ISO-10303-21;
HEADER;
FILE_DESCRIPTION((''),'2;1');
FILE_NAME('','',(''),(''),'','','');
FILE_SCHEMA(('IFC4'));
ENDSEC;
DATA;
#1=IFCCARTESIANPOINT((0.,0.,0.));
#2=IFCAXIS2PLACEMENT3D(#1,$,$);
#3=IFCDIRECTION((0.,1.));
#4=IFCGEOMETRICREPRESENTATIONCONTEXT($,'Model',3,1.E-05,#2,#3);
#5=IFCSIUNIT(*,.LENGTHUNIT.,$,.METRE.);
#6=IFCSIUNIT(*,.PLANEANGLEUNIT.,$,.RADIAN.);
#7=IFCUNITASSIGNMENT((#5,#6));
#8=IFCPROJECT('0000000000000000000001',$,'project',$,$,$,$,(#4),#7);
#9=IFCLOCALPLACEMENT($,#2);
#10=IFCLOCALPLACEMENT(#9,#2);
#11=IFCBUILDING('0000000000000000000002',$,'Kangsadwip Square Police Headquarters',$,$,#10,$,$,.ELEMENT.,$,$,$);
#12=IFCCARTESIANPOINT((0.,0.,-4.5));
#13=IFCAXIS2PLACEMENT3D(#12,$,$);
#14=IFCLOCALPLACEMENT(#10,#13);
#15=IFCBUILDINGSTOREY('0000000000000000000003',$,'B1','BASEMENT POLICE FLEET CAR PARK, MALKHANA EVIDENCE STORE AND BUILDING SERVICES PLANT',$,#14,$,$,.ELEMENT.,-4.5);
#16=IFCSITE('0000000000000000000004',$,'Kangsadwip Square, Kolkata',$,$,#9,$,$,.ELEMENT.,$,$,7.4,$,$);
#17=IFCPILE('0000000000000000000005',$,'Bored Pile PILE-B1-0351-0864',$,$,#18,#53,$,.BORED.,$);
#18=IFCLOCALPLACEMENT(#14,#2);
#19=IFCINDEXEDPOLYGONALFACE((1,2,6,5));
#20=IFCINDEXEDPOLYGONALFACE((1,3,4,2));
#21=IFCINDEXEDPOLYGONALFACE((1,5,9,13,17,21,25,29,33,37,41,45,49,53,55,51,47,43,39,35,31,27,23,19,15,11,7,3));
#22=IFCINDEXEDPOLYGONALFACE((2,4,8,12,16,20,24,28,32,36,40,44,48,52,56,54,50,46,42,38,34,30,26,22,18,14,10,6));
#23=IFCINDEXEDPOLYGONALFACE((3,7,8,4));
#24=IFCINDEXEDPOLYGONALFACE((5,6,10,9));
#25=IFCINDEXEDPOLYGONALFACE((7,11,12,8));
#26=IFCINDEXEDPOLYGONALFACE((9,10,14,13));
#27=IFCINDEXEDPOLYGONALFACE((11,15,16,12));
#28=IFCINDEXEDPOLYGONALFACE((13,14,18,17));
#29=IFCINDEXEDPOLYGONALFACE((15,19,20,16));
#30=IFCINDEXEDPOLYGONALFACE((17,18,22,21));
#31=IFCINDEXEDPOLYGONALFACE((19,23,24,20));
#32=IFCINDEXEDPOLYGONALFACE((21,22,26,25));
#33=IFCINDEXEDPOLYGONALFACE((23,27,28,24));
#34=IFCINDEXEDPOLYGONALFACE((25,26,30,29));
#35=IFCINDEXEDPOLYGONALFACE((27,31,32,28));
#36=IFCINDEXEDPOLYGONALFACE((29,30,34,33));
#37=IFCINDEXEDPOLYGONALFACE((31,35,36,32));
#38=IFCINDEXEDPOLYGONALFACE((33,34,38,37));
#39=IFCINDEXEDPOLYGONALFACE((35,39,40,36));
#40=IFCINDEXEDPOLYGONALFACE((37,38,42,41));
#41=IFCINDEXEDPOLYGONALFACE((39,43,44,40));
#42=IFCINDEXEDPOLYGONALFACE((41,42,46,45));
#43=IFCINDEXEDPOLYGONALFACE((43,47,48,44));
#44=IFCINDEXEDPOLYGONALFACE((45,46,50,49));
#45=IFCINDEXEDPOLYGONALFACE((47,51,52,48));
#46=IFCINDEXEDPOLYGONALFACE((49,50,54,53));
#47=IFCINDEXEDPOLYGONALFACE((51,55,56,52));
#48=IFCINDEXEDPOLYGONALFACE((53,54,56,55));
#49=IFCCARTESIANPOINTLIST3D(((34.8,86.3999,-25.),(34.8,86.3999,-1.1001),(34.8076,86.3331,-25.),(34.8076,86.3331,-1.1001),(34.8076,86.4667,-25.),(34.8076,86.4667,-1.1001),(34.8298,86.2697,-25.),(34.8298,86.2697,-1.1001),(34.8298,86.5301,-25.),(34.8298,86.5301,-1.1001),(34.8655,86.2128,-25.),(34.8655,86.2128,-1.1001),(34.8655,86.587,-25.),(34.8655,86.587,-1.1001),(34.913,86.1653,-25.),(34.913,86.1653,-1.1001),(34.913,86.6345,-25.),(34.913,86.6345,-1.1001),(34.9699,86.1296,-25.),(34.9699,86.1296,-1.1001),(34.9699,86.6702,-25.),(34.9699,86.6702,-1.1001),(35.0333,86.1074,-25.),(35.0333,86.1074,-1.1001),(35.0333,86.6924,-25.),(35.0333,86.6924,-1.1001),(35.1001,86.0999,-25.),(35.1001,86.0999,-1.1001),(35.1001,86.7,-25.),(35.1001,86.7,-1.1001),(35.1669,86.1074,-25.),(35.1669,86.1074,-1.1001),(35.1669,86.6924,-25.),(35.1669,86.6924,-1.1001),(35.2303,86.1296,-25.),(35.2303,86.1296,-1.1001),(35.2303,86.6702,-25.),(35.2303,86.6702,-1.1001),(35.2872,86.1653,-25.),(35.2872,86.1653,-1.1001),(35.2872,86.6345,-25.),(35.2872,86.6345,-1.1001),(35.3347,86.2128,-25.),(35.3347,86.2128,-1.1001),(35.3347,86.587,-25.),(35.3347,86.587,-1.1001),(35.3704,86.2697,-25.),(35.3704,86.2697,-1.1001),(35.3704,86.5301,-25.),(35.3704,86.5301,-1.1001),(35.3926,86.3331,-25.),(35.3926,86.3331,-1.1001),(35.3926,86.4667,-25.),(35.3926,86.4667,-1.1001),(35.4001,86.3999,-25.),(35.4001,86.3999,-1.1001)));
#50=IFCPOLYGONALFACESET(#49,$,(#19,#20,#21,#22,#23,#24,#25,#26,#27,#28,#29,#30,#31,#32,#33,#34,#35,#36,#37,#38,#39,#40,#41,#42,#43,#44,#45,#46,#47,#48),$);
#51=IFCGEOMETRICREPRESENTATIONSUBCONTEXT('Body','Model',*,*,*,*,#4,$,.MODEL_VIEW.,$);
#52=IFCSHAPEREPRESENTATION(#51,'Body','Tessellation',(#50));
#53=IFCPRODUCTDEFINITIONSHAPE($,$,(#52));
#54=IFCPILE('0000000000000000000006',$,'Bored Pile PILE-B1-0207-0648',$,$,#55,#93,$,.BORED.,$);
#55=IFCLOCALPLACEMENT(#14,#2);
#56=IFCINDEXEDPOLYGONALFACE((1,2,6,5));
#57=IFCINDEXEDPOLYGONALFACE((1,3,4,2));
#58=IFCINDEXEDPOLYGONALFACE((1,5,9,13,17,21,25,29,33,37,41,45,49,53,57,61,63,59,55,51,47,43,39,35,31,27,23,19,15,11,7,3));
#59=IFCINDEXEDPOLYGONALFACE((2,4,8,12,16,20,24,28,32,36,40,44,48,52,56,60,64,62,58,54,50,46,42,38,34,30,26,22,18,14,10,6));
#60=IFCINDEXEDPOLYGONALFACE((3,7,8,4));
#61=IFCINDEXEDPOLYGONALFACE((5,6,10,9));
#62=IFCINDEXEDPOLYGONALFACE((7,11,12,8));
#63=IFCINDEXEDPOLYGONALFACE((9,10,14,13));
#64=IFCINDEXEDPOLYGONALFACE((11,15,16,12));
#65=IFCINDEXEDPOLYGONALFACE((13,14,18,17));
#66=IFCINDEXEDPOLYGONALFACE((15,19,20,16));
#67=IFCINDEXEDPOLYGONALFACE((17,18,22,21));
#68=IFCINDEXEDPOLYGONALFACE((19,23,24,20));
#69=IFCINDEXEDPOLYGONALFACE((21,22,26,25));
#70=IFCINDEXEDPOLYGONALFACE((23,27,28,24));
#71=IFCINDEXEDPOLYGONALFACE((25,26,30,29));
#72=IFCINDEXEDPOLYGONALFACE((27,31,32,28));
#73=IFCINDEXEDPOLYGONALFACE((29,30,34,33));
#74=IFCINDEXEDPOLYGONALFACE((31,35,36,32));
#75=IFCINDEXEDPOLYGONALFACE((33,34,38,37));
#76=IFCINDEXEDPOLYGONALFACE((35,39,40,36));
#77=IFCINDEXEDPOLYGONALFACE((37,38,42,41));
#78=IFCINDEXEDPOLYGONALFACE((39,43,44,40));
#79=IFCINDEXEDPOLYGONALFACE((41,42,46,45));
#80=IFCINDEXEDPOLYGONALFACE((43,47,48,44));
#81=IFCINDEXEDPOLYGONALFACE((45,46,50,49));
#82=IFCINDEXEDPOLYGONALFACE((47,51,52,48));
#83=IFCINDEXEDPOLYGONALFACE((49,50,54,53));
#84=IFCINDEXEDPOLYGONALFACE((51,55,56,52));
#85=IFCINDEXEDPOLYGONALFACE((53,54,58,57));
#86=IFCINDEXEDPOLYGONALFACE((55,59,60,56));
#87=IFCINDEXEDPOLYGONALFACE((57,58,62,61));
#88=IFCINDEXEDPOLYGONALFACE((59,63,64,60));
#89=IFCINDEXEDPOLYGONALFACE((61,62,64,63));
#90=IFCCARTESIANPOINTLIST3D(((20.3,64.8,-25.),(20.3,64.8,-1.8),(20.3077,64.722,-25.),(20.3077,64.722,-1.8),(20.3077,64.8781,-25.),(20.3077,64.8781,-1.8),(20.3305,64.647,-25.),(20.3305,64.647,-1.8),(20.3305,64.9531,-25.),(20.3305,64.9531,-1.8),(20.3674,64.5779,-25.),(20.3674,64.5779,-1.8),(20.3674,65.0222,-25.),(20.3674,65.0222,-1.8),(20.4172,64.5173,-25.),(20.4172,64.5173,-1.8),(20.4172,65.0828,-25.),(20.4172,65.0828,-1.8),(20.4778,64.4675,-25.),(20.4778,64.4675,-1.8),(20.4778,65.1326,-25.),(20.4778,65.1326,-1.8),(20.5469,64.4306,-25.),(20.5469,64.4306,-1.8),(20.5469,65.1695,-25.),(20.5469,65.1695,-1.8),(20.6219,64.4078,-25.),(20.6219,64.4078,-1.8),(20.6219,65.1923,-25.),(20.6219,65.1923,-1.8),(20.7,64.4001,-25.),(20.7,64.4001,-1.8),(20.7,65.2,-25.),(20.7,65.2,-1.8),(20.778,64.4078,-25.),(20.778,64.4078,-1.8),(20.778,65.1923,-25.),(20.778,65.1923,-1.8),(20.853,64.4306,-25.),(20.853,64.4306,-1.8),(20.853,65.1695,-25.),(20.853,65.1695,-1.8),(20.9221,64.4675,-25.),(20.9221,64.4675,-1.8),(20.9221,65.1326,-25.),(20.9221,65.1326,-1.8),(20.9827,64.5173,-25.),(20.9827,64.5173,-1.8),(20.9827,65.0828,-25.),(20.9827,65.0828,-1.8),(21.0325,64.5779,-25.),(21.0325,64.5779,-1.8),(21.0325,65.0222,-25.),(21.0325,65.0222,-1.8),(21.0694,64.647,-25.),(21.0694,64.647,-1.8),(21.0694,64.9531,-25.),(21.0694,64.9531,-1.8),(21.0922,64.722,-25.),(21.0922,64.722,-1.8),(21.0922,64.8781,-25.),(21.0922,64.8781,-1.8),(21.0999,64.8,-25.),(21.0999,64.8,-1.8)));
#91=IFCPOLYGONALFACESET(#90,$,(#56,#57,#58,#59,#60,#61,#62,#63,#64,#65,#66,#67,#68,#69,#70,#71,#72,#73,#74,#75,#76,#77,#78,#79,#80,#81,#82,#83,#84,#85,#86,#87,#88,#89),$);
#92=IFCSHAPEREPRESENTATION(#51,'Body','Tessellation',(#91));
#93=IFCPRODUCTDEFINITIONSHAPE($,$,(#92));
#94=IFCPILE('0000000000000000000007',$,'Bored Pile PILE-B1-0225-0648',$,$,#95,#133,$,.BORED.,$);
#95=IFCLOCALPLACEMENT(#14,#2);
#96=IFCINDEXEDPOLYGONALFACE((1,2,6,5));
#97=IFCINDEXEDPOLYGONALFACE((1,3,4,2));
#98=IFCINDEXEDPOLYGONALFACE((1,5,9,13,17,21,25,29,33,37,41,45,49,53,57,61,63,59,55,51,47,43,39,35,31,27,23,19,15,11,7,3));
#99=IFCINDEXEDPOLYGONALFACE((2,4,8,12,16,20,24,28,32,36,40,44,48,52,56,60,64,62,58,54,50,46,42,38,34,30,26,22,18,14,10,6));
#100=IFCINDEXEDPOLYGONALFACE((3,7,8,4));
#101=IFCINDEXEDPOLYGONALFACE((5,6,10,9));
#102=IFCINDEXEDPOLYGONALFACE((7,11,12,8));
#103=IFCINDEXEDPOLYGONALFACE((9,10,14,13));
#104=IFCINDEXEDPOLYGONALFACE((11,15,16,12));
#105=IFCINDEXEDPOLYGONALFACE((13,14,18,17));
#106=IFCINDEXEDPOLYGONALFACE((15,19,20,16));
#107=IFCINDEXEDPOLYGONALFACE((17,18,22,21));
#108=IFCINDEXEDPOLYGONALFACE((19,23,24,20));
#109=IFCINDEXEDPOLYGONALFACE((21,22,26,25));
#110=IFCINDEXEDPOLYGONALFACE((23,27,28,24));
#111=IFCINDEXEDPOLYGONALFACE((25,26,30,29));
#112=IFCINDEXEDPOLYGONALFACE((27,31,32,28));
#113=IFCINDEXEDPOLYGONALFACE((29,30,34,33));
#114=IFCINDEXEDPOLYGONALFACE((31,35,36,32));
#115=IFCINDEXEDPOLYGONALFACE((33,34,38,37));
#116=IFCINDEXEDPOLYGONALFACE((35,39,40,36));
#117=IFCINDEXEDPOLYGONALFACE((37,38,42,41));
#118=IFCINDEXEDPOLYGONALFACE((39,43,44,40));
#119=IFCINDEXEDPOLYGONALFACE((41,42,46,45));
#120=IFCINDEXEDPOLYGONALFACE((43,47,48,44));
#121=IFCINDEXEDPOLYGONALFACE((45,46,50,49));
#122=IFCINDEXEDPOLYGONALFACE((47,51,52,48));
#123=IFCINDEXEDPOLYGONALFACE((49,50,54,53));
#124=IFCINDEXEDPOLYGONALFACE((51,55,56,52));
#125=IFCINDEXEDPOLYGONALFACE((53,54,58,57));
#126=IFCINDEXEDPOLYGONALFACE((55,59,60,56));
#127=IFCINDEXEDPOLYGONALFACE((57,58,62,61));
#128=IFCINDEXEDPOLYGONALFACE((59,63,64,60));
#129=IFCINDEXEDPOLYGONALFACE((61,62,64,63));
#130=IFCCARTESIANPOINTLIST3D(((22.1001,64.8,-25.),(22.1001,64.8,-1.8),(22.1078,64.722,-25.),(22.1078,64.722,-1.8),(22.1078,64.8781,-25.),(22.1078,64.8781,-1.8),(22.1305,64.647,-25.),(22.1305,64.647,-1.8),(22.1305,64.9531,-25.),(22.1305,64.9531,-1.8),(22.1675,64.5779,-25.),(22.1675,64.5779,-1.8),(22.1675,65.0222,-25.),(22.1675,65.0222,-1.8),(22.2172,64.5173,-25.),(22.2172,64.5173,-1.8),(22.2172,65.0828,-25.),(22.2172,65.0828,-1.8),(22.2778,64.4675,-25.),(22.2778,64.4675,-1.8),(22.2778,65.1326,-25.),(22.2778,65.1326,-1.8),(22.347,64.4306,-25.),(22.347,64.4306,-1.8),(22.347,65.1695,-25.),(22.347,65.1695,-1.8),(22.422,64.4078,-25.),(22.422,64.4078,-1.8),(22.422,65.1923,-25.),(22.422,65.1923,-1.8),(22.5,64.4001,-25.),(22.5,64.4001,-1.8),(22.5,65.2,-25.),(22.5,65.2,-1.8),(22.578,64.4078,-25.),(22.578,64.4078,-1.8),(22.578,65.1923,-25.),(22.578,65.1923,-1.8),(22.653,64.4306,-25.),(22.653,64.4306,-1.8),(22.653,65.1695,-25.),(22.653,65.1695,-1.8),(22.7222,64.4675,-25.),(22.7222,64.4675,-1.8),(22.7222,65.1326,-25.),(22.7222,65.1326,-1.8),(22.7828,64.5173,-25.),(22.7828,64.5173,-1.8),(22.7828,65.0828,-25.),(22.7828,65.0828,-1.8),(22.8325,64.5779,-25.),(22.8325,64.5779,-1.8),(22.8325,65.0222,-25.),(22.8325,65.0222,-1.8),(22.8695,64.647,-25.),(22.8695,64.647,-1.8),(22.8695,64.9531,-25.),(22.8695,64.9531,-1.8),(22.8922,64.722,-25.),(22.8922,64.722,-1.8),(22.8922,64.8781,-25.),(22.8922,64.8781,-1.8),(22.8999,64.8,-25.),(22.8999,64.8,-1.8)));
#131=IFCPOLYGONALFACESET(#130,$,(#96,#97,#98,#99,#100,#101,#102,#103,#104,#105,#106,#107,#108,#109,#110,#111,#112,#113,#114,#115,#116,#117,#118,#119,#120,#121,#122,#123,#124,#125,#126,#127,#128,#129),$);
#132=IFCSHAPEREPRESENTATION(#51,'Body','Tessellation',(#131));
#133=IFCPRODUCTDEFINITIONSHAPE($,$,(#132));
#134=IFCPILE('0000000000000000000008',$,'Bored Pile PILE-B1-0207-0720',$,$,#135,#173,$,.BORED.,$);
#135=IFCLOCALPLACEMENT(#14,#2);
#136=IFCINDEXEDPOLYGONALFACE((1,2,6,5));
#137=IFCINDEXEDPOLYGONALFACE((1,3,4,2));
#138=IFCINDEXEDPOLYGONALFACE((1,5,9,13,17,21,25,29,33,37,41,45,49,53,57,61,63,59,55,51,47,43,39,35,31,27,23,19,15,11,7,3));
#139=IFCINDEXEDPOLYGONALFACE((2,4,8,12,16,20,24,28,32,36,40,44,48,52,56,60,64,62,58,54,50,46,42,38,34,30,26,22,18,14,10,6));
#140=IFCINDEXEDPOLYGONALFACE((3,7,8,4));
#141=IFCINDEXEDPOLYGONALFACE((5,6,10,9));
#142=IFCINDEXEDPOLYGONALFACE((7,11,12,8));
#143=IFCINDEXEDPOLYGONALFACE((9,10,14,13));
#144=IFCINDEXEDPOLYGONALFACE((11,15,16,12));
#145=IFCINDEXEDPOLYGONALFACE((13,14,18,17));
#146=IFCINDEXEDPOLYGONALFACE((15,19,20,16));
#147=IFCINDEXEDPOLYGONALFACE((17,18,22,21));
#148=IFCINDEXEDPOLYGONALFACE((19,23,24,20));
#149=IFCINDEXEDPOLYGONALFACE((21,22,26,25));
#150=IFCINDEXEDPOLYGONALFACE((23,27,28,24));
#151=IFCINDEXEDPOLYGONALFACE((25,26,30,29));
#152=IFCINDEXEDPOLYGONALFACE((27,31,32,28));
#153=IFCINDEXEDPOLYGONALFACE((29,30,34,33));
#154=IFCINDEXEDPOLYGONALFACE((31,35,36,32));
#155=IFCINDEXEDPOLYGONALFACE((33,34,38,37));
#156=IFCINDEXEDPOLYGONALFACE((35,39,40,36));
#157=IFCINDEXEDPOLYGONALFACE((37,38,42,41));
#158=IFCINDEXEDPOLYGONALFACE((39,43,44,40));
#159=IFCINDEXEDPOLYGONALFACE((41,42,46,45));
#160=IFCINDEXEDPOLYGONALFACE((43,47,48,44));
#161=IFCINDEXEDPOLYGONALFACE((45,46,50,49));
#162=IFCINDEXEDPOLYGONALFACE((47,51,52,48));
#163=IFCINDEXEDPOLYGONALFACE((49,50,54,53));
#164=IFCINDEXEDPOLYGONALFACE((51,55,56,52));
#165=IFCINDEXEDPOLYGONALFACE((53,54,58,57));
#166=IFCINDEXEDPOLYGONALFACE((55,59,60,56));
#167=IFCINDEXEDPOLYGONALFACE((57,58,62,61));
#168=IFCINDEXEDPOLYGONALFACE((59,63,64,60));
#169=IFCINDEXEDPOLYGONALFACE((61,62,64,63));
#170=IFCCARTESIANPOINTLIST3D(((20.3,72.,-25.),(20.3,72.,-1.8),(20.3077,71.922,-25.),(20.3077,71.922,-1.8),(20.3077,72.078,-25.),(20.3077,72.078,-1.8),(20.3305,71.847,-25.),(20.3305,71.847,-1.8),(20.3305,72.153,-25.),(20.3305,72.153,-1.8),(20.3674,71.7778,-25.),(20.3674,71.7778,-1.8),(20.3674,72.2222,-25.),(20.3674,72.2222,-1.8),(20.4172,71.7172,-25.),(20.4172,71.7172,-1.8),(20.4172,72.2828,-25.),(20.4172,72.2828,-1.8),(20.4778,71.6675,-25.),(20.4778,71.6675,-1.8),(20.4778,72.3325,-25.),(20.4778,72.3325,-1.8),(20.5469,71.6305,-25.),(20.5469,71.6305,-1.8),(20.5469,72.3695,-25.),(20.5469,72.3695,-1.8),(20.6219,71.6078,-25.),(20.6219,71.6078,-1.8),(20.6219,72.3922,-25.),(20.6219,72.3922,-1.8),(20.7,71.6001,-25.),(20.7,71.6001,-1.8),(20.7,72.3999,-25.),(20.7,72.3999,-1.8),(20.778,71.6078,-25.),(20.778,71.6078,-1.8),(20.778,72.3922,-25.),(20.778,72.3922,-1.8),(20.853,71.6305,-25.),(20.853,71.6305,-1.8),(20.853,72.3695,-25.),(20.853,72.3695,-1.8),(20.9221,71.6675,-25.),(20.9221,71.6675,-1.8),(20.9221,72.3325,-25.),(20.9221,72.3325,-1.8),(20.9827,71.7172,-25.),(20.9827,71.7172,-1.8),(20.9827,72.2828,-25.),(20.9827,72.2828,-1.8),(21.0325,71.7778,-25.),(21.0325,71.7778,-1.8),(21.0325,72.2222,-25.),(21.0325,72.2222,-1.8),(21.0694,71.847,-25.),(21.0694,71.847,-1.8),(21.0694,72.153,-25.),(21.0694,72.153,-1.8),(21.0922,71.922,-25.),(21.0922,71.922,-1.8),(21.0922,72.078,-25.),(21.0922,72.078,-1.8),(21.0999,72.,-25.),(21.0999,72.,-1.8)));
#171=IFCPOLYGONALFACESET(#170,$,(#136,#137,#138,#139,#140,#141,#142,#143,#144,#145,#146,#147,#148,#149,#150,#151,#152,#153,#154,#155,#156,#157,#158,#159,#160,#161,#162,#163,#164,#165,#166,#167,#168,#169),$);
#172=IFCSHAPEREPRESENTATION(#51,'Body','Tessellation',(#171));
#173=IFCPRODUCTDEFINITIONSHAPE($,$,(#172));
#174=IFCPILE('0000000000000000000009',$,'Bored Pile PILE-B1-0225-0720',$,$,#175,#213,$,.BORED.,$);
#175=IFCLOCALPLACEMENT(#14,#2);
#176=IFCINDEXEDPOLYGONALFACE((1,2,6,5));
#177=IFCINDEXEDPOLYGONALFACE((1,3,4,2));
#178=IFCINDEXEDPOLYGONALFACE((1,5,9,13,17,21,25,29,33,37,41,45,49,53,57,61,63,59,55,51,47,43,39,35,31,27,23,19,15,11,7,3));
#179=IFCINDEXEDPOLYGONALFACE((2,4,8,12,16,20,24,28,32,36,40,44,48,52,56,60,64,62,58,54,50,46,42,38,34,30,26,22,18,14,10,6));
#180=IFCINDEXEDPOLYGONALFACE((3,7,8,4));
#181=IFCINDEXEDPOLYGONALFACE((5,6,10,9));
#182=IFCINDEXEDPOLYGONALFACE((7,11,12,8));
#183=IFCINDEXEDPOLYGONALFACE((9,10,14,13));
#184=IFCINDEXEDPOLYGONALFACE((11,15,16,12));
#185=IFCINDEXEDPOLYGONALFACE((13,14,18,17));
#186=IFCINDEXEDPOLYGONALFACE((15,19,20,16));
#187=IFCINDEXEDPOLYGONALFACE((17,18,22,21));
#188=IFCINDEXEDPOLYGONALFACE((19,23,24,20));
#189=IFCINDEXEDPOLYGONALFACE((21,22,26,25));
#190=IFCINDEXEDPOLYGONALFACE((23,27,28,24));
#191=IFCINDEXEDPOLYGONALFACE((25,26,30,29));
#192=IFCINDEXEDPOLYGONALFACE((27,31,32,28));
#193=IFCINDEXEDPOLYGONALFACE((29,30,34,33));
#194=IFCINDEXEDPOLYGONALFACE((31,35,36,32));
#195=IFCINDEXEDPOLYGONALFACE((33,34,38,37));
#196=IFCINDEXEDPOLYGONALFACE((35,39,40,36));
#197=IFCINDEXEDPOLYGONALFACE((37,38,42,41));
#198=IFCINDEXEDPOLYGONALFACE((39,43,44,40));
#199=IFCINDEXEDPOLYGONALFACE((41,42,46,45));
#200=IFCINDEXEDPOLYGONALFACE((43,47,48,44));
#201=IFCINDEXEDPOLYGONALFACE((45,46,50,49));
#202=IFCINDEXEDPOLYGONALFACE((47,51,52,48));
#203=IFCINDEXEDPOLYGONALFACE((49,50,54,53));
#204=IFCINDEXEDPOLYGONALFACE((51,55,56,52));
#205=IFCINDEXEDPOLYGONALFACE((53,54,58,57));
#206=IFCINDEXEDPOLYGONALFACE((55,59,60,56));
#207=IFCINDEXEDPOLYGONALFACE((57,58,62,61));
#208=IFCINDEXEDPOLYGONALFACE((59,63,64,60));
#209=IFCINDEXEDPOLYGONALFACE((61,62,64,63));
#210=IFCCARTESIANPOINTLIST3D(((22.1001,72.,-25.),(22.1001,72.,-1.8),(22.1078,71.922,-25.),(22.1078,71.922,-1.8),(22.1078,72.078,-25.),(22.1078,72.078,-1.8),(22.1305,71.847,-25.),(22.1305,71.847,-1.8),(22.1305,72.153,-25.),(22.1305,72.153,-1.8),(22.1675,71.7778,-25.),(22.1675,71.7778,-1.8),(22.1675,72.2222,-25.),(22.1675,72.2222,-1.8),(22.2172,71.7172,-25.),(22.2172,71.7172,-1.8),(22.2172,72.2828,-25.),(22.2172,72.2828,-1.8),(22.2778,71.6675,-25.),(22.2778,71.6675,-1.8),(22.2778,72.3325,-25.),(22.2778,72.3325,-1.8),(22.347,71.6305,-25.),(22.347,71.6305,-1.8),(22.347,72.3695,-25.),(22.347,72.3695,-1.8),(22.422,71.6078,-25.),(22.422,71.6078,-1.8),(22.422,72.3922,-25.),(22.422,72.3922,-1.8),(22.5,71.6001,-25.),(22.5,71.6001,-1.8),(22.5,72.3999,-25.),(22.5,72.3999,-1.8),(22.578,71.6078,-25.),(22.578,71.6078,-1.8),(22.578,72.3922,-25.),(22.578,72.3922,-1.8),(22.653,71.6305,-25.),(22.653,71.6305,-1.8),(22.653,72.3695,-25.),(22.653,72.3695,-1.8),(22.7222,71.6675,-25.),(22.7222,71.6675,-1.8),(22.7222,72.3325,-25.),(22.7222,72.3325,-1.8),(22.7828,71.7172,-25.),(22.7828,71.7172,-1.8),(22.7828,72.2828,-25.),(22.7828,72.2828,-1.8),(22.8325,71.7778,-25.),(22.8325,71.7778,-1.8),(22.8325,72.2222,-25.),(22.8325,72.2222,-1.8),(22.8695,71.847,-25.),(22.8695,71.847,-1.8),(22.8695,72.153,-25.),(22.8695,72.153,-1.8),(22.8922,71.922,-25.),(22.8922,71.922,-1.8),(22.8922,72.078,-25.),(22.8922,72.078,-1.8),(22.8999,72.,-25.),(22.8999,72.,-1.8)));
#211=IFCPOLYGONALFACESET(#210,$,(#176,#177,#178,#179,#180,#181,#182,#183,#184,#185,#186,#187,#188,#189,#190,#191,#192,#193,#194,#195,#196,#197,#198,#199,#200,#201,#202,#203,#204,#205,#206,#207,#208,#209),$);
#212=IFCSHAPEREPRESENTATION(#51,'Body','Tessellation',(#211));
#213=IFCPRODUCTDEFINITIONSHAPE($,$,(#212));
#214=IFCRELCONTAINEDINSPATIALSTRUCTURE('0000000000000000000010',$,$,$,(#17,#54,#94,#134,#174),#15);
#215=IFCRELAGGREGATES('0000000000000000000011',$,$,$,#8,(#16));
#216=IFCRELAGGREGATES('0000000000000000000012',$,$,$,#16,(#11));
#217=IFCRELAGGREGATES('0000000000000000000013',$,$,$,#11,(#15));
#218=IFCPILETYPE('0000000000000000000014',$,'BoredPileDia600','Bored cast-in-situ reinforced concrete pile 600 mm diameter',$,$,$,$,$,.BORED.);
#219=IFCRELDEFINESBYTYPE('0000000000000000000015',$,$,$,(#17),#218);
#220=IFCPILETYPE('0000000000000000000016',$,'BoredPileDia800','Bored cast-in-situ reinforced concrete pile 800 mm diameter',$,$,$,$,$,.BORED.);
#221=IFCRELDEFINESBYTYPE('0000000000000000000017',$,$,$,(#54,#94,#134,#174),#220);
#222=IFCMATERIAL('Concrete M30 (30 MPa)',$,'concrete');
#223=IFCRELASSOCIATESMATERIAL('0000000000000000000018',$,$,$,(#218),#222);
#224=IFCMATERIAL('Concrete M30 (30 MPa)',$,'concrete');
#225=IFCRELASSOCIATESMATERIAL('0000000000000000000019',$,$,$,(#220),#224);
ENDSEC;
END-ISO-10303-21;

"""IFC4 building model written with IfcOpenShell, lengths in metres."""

from ifc_helpers import new_model, si_unit, direction, frame, origin, origin_2d, place, context, subcontext, project, spatial, circle, extrude, material, material_profile, profile_set, type_object, element, save


model = new_model("IFC4")

# Units and contexts
model_context = context("Model", 3, precision=1e-05, world=origin(), true_north=direction((0.0, 1.0)))
body_context = subcontext(model_context, "Body", "Model", "MODEL_VIEW")
ifc_project = project(units=[si_unit("LENGTHUNIT", "METRE"), si_unit("PLANEANGLEUNIT", "RADIAN")], contexts=[model_context])

# Site, building, storey
site_placement = place(None, origin())
site = spatial("IfcSite", under=ifc_project, at=site_placement, Name="Kangsadwip Square, Kolkata", CompositionType="ELEMENT", RefElevation=7.4)
building_placement = place(site_placement, origin())
building = spatial("IfcBuilding", under=site, at=building_placement, Name="Kangsadwip Square Police Headquarters", CompositionType="ELEMENT")
storey_placement = place(building_placement, frame((0.0, 0.0, -4.5)))
storey = spatial("IfcBuildingStorey", under=building, at=storey_placement, Name="B1", Description="BASEMENT POLICE FLEET CAR PARK, MALKHANA EVIDENCE STORE AND BUILDING SERVICES PLANT", CompositionType="ELEMENT", Elevation=-4.5)

# Piles
ifc_material_1 = material(Name="Concrete M30 (30 MPa)", Category="concrete")
ifc_material_profile_1 = material_profile(ifc_material_1, circle(Radius=0.3, at=origin_2d()), Name="PILE DIA 600")
ifc_profile_set_1 = profile_set([ifc_material_profile_1], Name="Concrete M30 (30 MPa)")
pile_type_1 = type_object("IfcPileType", Name="BoredPileDia600", Description="Bored cast-in-situ reinforced concrete pile 600 mm diameter", PredefinedType="BORED", material=ifc_profile_set_1)
pile_placement = place(storey_placement, frame((35.1001, 86.3999, -1.1001), z_axis=(0.0, 0.0, -1.0), x_axis=(1.0, 0.0, 0.0)))
element("IfcPile", 1, at=pile_placement, inside=storey, type_object=pile_type_1, Name="Bored Pile PILE-B1-0351-0864", PredefinedType="BORED", context=body_context, shape_type="SweptSolid", body=[
    extrude(circle(Radius=0.3, at=origin_2d()), origin(), (0.0, 0.0, 1.0), 23.8999),
])
ifc_material_2 = material(Name="Concrete M30 (30 MPa)", Category="concrete")
ifc_material_profile_2 = material_profile(ifc_material_2, circle(Radius=0.3999, at=origin_2d()), Name="PILE DIA 800")
ifc_profile_set_2 = profile_set([ifc_material_profile_2], Name="Concrete M30 (30 MPa)")
pile_type_2 = type_object("IfcPileType", Name="BoredPileDia800", Description="Bored cast-in-situ reinforced concrete pile 800 mm diameter", PredefinedType="BORED", material=ifc_profile_set_2)
for number, where, z_axis, x_axis, name in (
    (2, (20.7, 64.8, -1.8), (0.0, 0.0, -1.0), (1.0, 0.0, 0.0), "Bored Pile PILE-B1-0207-0648"),
    (3, (22.5, 64.8, -1.8), (0.0, 0.0, -1.0), (1.0, 0.0, 0.0), "Bored Pile PILE-B1-0225-0648"),
    (4, (20.7, 72.0, -1.8), (0.0, 0.0, -1.0), (1.0, 0.0, 0.0), "Bored Pile PILE-B1-0207-0720"),
    (5, (22.5, 72.0, -1.8), (0.0, 0.0, -1.0), (1.0, 0.0, 0.0), "Bored Pile PILE-B1-0225-0720"),
):
    element("IfcPile", number, at=place(storey_placement, frame(where, z_axis=z_axis, x_axis=x_axis)), inside=storey, type_object=pile_type_2, Name=name, PredefinedType="BORED", context=body_context, shape_type="SweptSolid", body=[
        extrude(circle(Radius=0.3999, at=origin_2d()), origin(), (0.0, 0.0, 1.0), 23.2),
    ])

save(model, "model.ifc")
